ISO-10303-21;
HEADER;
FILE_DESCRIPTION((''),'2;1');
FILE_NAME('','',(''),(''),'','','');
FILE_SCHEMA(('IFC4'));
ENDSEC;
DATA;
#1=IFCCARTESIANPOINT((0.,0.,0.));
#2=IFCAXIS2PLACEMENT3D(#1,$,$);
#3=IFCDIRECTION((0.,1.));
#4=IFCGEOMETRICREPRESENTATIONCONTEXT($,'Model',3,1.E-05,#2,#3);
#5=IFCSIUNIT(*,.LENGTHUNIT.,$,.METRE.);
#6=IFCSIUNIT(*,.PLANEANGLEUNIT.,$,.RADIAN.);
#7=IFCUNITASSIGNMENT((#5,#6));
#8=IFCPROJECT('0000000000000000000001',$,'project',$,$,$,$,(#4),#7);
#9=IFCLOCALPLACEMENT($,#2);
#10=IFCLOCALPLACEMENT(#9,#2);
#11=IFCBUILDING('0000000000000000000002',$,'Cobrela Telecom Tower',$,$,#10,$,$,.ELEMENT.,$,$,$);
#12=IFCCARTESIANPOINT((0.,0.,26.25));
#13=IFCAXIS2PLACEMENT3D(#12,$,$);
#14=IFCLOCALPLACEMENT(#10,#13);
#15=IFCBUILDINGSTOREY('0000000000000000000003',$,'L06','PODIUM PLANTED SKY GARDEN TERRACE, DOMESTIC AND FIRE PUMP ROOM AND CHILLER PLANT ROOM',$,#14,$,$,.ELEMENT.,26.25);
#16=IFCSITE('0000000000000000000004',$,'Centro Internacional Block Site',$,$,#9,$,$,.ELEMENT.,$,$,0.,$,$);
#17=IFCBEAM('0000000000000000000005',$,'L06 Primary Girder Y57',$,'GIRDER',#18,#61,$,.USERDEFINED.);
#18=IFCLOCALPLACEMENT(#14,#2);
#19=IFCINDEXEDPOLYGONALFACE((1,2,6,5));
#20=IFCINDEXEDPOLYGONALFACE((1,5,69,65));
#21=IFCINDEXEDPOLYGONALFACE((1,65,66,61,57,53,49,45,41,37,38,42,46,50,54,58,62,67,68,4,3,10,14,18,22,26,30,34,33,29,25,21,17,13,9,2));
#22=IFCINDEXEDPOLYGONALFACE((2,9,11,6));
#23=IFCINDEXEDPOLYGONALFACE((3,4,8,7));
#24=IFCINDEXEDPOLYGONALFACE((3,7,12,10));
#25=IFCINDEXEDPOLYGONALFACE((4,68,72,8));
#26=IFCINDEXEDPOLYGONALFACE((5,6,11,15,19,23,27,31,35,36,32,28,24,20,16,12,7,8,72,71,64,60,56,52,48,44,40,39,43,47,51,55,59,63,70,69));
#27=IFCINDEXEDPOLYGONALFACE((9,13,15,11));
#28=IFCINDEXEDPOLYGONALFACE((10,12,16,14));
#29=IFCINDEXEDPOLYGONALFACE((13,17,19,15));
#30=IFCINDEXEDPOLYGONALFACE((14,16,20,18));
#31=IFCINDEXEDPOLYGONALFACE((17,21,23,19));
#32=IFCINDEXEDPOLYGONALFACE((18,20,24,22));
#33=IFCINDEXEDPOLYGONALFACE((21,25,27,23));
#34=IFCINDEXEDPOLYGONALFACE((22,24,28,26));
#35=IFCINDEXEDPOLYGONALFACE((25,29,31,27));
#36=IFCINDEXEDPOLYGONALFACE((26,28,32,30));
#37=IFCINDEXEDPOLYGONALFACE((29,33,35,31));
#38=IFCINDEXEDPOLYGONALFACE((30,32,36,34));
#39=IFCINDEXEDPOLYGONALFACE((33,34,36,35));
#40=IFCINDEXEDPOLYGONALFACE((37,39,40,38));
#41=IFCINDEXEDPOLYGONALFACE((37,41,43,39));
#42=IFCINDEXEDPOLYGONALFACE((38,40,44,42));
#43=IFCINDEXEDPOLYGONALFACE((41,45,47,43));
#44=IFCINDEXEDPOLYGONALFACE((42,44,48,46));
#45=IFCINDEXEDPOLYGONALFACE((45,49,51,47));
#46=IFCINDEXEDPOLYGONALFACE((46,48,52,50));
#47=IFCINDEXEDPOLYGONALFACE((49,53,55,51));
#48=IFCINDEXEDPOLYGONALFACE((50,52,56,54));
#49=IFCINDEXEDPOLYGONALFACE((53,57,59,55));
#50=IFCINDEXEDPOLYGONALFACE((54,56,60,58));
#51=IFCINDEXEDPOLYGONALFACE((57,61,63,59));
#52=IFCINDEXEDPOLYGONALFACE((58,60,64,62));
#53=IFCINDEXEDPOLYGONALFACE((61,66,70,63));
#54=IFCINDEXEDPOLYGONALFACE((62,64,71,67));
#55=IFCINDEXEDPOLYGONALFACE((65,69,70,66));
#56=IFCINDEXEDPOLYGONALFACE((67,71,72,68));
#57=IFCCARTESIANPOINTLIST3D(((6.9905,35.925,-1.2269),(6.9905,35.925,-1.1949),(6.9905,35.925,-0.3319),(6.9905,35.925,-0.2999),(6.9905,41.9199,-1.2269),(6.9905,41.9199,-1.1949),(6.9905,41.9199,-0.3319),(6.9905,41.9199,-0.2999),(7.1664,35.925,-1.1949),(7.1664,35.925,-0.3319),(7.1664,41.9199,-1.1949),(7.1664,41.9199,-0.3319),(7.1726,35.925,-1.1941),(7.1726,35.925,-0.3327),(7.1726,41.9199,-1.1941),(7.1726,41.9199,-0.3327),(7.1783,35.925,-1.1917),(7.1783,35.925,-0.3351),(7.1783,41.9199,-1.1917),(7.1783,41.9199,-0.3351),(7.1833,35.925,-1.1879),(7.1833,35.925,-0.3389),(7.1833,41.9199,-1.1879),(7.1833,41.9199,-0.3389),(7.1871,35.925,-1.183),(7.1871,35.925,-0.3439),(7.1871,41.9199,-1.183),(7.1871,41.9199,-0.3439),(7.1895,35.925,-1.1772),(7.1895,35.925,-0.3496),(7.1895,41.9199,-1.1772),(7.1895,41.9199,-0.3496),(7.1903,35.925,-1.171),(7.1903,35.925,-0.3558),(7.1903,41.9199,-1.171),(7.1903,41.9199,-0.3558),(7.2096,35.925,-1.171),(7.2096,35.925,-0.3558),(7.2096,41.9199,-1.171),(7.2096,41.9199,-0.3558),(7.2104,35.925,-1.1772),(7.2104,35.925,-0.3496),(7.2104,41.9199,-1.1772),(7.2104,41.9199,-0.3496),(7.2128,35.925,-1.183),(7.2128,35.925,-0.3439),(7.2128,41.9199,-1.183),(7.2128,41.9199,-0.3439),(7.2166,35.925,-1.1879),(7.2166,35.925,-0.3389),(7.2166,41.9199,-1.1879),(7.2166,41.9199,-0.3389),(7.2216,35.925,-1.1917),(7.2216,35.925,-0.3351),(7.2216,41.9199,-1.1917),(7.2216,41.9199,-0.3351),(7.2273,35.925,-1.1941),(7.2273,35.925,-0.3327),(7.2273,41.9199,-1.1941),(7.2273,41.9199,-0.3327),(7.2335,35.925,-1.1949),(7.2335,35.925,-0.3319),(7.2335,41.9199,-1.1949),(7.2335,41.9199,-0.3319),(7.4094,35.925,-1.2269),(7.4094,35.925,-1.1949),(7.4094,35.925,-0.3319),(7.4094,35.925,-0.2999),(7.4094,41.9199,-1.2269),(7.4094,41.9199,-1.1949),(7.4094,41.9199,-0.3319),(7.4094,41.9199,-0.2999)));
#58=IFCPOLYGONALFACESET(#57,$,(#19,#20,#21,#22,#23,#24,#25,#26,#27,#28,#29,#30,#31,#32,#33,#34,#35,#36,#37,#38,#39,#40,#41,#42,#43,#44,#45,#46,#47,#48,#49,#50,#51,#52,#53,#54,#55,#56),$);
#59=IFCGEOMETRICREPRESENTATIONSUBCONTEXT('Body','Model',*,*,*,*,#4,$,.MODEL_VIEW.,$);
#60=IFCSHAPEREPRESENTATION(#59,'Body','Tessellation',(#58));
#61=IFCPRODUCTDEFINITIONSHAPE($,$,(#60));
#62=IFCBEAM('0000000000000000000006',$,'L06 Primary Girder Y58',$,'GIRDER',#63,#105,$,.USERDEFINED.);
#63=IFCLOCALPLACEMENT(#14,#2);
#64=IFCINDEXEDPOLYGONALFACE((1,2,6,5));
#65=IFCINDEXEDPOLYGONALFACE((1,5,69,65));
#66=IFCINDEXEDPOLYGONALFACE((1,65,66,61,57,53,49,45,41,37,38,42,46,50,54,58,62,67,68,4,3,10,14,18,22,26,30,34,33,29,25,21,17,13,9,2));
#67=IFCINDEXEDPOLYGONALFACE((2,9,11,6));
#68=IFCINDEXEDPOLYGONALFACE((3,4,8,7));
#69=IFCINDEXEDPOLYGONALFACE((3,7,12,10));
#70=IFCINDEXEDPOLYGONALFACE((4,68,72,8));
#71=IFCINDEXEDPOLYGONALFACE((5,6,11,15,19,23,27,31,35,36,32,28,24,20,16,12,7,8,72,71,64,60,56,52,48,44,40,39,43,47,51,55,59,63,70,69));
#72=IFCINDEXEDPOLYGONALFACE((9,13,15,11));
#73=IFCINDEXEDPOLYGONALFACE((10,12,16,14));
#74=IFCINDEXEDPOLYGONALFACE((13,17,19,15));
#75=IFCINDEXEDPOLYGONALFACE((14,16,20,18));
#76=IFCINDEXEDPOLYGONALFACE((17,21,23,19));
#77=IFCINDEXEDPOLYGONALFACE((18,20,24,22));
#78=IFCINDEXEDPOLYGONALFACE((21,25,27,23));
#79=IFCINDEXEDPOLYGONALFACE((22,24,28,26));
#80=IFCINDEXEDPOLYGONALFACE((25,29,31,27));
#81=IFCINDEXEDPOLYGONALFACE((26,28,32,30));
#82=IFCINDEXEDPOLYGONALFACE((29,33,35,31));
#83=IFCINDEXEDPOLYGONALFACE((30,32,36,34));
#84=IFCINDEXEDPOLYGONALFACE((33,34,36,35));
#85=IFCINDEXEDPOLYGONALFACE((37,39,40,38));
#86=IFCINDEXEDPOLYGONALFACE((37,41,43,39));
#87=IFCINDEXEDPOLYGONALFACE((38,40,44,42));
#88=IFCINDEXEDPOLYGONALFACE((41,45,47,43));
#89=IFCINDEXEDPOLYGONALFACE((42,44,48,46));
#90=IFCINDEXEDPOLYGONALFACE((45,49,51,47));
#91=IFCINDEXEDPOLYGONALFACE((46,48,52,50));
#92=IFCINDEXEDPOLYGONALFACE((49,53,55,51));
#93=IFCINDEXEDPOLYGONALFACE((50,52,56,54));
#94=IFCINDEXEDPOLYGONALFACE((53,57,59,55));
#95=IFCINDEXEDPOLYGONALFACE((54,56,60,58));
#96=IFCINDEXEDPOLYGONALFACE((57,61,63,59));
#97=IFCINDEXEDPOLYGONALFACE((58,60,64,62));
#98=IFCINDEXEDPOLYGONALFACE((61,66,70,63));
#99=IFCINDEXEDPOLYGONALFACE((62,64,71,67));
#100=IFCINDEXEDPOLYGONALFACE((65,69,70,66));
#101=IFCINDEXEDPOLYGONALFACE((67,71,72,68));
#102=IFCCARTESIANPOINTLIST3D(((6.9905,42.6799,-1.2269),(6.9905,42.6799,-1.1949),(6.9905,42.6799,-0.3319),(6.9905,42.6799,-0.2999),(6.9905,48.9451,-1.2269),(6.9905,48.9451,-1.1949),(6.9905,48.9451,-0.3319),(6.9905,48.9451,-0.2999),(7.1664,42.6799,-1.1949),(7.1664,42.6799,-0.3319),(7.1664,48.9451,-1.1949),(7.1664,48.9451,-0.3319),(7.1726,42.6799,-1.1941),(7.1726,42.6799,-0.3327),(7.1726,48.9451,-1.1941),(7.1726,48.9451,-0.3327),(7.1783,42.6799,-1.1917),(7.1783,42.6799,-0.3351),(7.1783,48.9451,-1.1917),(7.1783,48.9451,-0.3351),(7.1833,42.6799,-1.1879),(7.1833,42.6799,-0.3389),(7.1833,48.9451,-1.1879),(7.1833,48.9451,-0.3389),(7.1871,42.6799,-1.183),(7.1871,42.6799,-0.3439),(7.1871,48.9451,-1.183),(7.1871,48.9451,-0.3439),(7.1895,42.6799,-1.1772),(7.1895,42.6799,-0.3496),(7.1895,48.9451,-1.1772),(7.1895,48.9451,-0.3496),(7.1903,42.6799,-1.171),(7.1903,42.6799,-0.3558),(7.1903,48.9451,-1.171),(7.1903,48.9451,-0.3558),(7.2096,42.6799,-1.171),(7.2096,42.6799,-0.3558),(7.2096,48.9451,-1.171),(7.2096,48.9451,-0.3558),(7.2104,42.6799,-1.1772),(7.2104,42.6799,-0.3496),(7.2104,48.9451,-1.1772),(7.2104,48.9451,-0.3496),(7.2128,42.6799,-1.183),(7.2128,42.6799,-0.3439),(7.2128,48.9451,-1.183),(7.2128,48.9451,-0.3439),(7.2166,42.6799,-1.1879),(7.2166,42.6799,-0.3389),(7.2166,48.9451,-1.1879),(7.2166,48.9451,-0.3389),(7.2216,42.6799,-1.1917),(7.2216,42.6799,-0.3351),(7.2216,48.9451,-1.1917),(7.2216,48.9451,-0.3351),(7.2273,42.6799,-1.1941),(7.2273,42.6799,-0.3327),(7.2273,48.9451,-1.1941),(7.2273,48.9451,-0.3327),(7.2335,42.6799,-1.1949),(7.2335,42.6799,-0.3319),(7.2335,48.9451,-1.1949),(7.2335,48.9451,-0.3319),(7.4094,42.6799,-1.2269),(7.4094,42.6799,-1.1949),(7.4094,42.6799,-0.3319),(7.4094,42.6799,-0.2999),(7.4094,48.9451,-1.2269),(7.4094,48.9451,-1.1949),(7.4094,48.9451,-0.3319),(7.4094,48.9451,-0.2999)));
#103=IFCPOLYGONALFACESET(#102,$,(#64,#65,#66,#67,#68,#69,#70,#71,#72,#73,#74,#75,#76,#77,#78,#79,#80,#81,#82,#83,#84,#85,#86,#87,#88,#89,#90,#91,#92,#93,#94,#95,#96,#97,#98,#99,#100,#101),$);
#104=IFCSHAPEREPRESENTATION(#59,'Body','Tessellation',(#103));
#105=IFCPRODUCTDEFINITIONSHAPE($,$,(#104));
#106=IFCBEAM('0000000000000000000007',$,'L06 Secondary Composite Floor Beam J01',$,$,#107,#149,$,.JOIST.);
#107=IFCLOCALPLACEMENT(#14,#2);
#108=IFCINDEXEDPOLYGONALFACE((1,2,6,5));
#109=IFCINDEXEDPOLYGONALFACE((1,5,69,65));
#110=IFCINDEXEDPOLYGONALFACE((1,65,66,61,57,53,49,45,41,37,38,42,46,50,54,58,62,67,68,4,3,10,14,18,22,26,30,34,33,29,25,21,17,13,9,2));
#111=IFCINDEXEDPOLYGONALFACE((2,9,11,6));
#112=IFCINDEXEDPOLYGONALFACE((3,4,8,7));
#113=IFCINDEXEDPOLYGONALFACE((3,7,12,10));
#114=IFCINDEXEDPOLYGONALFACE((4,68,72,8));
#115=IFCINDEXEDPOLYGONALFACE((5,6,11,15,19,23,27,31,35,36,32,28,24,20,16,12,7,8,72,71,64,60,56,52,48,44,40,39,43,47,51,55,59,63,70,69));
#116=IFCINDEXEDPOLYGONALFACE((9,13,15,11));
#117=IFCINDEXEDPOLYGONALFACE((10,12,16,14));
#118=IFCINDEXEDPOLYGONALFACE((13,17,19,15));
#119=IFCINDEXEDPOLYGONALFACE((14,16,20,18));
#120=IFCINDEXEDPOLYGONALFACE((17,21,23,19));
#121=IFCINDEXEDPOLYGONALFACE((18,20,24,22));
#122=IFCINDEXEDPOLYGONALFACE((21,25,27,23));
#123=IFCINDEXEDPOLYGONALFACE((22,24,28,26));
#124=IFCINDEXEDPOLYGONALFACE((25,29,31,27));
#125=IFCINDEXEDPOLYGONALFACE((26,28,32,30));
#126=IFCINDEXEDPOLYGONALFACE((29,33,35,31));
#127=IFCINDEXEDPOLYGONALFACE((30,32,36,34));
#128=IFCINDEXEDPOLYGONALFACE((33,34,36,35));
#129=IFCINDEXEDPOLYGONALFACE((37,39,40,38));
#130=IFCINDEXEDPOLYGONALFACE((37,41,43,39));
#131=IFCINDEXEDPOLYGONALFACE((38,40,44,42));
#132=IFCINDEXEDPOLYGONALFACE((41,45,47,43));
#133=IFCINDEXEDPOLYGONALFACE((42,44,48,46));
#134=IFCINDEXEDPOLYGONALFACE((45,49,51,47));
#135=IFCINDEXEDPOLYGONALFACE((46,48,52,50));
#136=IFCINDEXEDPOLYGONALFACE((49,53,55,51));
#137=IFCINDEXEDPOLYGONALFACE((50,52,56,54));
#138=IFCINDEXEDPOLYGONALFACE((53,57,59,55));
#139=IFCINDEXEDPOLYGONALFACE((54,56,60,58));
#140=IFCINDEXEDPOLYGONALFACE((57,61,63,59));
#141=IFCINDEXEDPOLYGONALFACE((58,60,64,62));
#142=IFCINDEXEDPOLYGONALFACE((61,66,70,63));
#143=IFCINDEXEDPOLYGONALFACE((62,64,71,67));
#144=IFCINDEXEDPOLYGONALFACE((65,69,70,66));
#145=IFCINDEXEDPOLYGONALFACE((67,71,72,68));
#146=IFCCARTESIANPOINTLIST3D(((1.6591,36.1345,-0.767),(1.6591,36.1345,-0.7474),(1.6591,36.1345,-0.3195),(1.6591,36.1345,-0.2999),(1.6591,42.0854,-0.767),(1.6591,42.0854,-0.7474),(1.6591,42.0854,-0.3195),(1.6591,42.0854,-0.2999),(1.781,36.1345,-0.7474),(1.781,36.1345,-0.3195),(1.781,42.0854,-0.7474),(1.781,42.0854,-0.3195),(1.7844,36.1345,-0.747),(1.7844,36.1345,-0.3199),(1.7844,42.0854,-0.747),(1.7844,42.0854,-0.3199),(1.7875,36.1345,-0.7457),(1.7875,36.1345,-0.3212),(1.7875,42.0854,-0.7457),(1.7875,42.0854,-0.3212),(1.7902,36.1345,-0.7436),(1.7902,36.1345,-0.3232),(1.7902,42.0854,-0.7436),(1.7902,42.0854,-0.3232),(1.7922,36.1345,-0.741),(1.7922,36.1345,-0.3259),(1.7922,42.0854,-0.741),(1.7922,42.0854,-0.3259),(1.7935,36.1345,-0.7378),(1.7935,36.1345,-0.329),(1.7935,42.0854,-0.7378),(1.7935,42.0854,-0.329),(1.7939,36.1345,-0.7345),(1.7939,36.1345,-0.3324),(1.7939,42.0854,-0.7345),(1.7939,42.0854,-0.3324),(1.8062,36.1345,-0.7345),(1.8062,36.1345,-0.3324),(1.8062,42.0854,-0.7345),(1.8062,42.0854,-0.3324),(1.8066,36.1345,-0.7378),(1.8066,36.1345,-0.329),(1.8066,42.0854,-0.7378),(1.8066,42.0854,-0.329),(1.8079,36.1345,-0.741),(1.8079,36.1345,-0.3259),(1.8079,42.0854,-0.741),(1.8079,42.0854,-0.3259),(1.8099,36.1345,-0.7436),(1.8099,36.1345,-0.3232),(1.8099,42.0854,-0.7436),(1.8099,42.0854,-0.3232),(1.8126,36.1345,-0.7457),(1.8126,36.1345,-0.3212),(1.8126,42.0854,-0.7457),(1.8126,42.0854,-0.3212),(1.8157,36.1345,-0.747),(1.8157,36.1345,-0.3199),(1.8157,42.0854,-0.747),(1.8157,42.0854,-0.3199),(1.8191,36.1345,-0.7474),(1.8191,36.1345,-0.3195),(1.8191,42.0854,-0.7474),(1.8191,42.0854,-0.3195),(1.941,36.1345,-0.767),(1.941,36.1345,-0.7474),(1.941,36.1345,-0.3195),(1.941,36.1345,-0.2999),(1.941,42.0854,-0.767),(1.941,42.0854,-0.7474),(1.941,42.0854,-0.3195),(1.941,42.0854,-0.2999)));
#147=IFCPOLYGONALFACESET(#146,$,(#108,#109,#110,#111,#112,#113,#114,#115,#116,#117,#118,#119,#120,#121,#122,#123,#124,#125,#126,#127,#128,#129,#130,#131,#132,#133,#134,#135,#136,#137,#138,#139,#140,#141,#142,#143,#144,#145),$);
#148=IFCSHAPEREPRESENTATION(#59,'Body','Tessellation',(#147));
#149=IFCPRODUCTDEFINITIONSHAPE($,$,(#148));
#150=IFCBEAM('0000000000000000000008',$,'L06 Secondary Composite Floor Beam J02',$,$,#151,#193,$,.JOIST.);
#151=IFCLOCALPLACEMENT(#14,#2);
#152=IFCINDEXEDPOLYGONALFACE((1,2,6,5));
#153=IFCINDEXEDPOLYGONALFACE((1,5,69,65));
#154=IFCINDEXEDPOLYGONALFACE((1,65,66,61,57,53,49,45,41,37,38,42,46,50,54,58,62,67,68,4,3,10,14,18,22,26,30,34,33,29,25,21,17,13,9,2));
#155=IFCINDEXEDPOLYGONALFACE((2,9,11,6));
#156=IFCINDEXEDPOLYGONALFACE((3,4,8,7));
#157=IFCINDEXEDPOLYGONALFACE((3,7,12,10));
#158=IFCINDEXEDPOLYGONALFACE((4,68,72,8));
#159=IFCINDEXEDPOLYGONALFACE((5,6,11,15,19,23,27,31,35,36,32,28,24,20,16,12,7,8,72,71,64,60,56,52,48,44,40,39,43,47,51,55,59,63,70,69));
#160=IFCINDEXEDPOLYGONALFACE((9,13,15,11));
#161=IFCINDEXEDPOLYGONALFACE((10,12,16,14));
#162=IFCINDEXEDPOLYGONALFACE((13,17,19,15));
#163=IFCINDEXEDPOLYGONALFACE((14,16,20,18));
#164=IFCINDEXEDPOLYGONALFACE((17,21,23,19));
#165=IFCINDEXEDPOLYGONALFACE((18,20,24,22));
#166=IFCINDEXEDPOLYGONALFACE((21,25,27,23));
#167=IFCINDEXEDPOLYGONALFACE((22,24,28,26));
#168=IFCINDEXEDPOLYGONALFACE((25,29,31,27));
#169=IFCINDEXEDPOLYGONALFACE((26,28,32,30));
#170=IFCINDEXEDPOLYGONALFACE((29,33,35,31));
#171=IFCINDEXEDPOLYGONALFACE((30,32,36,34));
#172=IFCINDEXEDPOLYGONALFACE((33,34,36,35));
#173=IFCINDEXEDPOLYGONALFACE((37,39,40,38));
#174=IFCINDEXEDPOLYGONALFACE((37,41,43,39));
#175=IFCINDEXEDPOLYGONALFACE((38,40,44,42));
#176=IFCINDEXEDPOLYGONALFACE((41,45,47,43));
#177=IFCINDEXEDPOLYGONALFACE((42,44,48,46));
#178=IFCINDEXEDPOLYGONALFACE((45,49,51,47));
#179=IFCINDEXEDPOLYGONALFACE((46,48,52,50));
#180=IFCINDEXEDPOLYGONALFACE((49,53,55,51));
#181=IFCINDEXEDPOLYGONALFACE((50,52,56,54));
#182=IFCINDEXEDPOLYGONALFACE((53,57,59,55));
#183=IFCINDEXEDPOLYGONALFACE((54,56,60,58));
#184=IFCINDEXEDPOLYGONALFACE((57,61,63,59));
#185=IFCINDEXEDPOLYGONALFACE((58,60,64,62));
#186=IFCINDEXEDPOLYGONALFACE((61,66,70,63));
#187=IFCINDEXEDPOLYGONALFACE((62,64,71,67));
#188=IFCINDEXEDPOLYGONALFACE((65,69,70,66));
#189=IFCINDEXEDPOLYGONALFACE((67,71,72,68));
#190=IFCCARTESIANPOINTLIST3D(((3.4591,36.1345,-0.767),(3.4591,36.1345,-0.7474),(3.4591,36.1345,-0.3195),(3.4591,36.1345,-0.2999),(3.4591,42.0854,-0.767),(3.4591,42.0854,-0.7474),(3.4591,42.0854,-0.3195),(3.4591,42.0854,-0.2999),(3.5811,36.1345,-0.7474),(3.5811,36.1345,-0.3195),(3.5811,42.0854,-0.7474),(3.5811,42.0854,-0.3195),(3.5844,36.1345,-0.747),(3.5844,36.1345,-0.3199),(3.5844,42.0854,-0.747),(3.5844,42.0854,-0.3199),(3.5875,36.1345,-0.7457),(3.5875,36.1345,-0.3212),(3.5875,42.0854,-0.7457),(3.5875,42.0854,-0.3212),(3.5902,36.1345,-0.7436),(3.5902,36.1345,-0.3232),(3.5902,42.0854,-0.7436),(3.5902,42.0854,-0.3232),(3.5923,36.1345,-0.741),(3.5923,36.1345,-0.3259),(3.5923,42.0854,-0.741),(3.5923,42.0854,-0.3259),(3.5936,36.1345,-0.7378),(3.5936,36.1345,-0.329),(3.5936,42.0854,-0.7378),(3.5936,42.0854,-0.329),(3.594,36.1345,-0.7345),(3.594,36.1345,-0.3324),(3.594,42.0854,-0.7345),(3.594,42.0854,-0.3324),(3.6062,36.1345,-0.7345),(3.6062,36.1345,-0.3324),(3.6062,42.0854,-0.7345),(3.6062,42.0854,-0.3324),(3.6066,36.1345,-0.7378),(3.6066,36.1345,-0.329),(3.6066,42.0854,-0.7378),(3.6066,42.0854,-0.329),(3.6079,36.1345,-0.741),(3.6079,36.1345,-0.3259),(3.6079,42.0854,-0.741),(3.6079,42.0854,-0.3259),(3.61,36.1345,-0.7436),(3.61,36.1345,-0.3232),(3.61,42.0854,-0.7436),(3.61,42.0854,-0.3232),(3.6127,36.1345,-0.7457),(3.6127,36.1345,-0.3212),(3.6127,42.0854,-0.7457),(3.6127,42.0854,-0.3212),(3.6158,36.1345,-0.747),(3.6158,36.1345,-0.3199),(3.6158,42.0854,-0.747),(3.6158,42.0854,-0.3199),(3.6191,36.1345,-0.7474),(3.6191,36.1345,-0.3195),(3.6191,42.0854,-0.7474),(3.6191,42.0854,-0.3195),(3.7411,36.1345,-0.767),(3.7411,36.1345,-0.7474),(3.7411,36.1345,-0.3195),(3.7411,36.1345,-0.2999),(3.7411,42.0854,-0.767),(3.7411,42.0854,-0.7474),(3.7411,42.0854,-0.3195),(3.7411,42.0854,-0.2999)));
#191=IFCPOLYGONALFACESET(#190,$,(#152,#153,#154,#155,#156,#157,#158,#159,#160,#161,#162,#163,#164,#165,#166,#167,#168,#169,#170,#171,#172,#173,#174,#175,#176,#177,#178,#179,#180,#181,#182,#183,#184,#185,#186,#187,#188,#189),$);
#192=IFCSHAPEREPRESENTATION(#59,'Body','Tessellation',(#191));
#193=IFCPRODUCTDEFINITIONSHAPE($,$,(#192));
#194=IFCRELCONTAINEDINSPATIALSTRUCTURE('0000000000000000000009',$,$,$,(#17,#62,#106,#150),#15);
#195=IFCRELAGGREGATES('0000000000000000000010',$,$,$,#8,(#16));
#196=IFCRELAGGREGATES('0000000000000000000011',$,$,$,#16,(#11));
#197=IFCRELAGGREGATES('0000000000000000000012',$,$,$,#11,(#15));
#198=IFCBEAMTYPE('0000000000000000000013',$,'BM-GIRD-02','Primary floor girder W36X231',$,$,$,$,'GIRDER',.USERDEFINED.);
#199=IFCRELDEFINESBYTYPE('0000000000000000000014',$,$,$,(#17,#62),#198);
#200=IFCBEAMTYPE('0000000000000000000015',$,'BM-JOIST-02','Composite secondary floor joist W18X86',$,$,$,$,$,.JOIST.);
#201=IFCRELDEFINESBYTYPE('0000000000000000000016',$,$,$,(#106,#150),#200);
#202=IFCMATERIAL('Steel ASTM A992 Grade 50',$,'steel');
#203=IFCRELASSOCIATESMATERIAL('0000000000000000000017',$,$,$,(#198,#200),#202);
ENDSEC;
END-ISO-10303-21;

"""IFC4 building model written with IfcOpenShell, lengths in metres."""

from ifc_helpers import new_model, si_unit, direction, frame, origin, origin_2d, place, context, subcontext, project, spatial, i_section, extrude, material, material_profile, profile_set, type_object, element, save


model = new_model("IFC4")

# Units and contexts
model_context = context("Model", 3, precision=1e-05, world=origin(), true_north=direction((0.0, 1.0)))
body_context = subcontext(model_context, "Body", "Model", "MODEL_VIEW")
ifc_project = project(units=[si_unit("LENGTHUNIT", "METRE"), si_unit("PLANEANGLEUNIT", "RADIAN")], contexts=[model_context])

# Site, building, storey
site_placement = place(None, origin())
site = spatial("IfcSite", under=ifc_project, at=site_placement, Name="Centro Internacional Block Site", CompositionType="ELEMENT", RefElevation=0.0)
building_placement = place(site_placement, origin())
building = spatial("IfcBuilding", under=site, at=building_placement, Name="Cobrela Telecom Tower", CompositionType="ELEMENT")
storey_placement = place(building_placement, frame((0.0, 0.0, 26.25)))
storey = spatial("IfcBuildingStorey", under=building, at=storey_placement, Name="L06", Description="PODIUM PLANTED SKY GARDEN TERRACE, DOMESTIC AND FIRE PUMP ROOM AND CHILLER PLANT ROOM", CompositionType="ELEMENT", Elevation=26.25)

# Beams
ifc_material_1 = material(Name="Steel ASTM A992 Grade 50", Category="steel")
ifc_material_profile_1 = material_profile(ifc_material_1, i_section(OverallWidth=0.4189, OverallDepth=0.927, WebThickness=0.0193, FlangeThickness=0.032, FilletRadius=0.0239, at=origin_2d()), Name="W36X231")
ifc_profile_set_1 = profile_set([ifc_material_profile_1], Name="Steel ASTM A992 Grade 50")
beam_type_1 = type_object("IfcBeamType", Name="BM-GIRD-02", Description="Primary floor girder W36X231", ElementType="GIRDER", PredefinedType="USERDEFINED", material=ifc_profile_set_1)
beam_1_placement = place(storey_placement, frame((7.2, 35.925, -0.7634), z_axis=(0.0, 1.0, 0.0), x_axis=(-1.0, 0.0, 0.0)))
element("IfcBeam", 1, at=beam_1_placement, inside=storey, type_object=beam_type_1, Name="L06 Primary Girder Y57", ObjectType="GIRDER", PredefinedType="USERDEFINED", context=body_context, shape_type="SweptSolid", body=[
    extrude(i_section(OverallWidth=0.4189, OverallDepth=0.927, WebThickness=0.0193, FlangeThickness=0.032, FilletRadius=0.0239, at=origin_2d()), origin(), (0.0, 0.0, 1.0), 5.9949),
])
beam_2_placement = place(storey_placement, frame((7.2, 42.6799, -0.7634), z_axis=(0.0, 1.0, 0.0), x_axis=(-1.0, 0.0, 0.0)))
element("IfcBeam", 2, at=beam_2_placement, inside=storey, type_object=beam_type_1, Name="L06 Primary Girder Y58", ObjectType="GIRDER", PredefinedType="USERDEFINED", context=body_context, shape_type="SweptSolid", body=[
    extrude(i_section(OverallWidth=0.4189, OverallDepth=0.927, WebThickness=0.0193, FlangeThickness=0.032, FilletRadius=0.0239, at=origin_2d()), origin(), (0.0, 0.0, 1.0), 6.2651),
])
ifc_material_profile_2 = material_profile(ifc_material_1, i_section(OverallWidth=0.282, OverallDepth=0.467, WebThickness=0.0122, FlangeThickness=0.0195, FilletRadius=0.0129, at=origin_2d()), Name="W18X86")
ifc_profile_set_2 = profile_set([ifc_material_profile_2], Name="Steel ASTM A992 Grade 50")
beam_type_2 = type_object("IfcBeamType", Name="BM-JOIST-02", Description="Composite secondary floor joist W18X86", PredefinedType="JOIST", material=ifc_profile_set_2)
for number, where, z_axis, x_axis, name in (
    (3, (1.8, 36.1345, -0.5334), (0.0, 1.0, 0.0), (-1.0, 0.0, 0.0), "L06 Secondary Composite Floor Beam J01"),
    (4, (3.6001, 36.1345, -0.5334), (0.0, 1.0, 0.0), (-1.0, 0.0, 0.0), "L06 Secondary Composite Floor Beam J02"),
):
    element("IfcBeam", number, at=place(storey_placement, frame(where, z_axis=z_axis, x_axis=x_axis)), inside=storey, type_object=beam_type_2, Name=name, PredefinedType="JOIST", context=body_context, shape_type="SweptSolid", body=[
        extrude(i_section(OverallWidth=0.282, OverallDepth=0.467, WebThickness=0.0122, FlangeThickness=0.0195, FilletRadius=0.0129, at=origin_2d()), origin(), (0.0, 0.0, 1.0), 5.9509),
    ])

save(model, "model.ifc")
